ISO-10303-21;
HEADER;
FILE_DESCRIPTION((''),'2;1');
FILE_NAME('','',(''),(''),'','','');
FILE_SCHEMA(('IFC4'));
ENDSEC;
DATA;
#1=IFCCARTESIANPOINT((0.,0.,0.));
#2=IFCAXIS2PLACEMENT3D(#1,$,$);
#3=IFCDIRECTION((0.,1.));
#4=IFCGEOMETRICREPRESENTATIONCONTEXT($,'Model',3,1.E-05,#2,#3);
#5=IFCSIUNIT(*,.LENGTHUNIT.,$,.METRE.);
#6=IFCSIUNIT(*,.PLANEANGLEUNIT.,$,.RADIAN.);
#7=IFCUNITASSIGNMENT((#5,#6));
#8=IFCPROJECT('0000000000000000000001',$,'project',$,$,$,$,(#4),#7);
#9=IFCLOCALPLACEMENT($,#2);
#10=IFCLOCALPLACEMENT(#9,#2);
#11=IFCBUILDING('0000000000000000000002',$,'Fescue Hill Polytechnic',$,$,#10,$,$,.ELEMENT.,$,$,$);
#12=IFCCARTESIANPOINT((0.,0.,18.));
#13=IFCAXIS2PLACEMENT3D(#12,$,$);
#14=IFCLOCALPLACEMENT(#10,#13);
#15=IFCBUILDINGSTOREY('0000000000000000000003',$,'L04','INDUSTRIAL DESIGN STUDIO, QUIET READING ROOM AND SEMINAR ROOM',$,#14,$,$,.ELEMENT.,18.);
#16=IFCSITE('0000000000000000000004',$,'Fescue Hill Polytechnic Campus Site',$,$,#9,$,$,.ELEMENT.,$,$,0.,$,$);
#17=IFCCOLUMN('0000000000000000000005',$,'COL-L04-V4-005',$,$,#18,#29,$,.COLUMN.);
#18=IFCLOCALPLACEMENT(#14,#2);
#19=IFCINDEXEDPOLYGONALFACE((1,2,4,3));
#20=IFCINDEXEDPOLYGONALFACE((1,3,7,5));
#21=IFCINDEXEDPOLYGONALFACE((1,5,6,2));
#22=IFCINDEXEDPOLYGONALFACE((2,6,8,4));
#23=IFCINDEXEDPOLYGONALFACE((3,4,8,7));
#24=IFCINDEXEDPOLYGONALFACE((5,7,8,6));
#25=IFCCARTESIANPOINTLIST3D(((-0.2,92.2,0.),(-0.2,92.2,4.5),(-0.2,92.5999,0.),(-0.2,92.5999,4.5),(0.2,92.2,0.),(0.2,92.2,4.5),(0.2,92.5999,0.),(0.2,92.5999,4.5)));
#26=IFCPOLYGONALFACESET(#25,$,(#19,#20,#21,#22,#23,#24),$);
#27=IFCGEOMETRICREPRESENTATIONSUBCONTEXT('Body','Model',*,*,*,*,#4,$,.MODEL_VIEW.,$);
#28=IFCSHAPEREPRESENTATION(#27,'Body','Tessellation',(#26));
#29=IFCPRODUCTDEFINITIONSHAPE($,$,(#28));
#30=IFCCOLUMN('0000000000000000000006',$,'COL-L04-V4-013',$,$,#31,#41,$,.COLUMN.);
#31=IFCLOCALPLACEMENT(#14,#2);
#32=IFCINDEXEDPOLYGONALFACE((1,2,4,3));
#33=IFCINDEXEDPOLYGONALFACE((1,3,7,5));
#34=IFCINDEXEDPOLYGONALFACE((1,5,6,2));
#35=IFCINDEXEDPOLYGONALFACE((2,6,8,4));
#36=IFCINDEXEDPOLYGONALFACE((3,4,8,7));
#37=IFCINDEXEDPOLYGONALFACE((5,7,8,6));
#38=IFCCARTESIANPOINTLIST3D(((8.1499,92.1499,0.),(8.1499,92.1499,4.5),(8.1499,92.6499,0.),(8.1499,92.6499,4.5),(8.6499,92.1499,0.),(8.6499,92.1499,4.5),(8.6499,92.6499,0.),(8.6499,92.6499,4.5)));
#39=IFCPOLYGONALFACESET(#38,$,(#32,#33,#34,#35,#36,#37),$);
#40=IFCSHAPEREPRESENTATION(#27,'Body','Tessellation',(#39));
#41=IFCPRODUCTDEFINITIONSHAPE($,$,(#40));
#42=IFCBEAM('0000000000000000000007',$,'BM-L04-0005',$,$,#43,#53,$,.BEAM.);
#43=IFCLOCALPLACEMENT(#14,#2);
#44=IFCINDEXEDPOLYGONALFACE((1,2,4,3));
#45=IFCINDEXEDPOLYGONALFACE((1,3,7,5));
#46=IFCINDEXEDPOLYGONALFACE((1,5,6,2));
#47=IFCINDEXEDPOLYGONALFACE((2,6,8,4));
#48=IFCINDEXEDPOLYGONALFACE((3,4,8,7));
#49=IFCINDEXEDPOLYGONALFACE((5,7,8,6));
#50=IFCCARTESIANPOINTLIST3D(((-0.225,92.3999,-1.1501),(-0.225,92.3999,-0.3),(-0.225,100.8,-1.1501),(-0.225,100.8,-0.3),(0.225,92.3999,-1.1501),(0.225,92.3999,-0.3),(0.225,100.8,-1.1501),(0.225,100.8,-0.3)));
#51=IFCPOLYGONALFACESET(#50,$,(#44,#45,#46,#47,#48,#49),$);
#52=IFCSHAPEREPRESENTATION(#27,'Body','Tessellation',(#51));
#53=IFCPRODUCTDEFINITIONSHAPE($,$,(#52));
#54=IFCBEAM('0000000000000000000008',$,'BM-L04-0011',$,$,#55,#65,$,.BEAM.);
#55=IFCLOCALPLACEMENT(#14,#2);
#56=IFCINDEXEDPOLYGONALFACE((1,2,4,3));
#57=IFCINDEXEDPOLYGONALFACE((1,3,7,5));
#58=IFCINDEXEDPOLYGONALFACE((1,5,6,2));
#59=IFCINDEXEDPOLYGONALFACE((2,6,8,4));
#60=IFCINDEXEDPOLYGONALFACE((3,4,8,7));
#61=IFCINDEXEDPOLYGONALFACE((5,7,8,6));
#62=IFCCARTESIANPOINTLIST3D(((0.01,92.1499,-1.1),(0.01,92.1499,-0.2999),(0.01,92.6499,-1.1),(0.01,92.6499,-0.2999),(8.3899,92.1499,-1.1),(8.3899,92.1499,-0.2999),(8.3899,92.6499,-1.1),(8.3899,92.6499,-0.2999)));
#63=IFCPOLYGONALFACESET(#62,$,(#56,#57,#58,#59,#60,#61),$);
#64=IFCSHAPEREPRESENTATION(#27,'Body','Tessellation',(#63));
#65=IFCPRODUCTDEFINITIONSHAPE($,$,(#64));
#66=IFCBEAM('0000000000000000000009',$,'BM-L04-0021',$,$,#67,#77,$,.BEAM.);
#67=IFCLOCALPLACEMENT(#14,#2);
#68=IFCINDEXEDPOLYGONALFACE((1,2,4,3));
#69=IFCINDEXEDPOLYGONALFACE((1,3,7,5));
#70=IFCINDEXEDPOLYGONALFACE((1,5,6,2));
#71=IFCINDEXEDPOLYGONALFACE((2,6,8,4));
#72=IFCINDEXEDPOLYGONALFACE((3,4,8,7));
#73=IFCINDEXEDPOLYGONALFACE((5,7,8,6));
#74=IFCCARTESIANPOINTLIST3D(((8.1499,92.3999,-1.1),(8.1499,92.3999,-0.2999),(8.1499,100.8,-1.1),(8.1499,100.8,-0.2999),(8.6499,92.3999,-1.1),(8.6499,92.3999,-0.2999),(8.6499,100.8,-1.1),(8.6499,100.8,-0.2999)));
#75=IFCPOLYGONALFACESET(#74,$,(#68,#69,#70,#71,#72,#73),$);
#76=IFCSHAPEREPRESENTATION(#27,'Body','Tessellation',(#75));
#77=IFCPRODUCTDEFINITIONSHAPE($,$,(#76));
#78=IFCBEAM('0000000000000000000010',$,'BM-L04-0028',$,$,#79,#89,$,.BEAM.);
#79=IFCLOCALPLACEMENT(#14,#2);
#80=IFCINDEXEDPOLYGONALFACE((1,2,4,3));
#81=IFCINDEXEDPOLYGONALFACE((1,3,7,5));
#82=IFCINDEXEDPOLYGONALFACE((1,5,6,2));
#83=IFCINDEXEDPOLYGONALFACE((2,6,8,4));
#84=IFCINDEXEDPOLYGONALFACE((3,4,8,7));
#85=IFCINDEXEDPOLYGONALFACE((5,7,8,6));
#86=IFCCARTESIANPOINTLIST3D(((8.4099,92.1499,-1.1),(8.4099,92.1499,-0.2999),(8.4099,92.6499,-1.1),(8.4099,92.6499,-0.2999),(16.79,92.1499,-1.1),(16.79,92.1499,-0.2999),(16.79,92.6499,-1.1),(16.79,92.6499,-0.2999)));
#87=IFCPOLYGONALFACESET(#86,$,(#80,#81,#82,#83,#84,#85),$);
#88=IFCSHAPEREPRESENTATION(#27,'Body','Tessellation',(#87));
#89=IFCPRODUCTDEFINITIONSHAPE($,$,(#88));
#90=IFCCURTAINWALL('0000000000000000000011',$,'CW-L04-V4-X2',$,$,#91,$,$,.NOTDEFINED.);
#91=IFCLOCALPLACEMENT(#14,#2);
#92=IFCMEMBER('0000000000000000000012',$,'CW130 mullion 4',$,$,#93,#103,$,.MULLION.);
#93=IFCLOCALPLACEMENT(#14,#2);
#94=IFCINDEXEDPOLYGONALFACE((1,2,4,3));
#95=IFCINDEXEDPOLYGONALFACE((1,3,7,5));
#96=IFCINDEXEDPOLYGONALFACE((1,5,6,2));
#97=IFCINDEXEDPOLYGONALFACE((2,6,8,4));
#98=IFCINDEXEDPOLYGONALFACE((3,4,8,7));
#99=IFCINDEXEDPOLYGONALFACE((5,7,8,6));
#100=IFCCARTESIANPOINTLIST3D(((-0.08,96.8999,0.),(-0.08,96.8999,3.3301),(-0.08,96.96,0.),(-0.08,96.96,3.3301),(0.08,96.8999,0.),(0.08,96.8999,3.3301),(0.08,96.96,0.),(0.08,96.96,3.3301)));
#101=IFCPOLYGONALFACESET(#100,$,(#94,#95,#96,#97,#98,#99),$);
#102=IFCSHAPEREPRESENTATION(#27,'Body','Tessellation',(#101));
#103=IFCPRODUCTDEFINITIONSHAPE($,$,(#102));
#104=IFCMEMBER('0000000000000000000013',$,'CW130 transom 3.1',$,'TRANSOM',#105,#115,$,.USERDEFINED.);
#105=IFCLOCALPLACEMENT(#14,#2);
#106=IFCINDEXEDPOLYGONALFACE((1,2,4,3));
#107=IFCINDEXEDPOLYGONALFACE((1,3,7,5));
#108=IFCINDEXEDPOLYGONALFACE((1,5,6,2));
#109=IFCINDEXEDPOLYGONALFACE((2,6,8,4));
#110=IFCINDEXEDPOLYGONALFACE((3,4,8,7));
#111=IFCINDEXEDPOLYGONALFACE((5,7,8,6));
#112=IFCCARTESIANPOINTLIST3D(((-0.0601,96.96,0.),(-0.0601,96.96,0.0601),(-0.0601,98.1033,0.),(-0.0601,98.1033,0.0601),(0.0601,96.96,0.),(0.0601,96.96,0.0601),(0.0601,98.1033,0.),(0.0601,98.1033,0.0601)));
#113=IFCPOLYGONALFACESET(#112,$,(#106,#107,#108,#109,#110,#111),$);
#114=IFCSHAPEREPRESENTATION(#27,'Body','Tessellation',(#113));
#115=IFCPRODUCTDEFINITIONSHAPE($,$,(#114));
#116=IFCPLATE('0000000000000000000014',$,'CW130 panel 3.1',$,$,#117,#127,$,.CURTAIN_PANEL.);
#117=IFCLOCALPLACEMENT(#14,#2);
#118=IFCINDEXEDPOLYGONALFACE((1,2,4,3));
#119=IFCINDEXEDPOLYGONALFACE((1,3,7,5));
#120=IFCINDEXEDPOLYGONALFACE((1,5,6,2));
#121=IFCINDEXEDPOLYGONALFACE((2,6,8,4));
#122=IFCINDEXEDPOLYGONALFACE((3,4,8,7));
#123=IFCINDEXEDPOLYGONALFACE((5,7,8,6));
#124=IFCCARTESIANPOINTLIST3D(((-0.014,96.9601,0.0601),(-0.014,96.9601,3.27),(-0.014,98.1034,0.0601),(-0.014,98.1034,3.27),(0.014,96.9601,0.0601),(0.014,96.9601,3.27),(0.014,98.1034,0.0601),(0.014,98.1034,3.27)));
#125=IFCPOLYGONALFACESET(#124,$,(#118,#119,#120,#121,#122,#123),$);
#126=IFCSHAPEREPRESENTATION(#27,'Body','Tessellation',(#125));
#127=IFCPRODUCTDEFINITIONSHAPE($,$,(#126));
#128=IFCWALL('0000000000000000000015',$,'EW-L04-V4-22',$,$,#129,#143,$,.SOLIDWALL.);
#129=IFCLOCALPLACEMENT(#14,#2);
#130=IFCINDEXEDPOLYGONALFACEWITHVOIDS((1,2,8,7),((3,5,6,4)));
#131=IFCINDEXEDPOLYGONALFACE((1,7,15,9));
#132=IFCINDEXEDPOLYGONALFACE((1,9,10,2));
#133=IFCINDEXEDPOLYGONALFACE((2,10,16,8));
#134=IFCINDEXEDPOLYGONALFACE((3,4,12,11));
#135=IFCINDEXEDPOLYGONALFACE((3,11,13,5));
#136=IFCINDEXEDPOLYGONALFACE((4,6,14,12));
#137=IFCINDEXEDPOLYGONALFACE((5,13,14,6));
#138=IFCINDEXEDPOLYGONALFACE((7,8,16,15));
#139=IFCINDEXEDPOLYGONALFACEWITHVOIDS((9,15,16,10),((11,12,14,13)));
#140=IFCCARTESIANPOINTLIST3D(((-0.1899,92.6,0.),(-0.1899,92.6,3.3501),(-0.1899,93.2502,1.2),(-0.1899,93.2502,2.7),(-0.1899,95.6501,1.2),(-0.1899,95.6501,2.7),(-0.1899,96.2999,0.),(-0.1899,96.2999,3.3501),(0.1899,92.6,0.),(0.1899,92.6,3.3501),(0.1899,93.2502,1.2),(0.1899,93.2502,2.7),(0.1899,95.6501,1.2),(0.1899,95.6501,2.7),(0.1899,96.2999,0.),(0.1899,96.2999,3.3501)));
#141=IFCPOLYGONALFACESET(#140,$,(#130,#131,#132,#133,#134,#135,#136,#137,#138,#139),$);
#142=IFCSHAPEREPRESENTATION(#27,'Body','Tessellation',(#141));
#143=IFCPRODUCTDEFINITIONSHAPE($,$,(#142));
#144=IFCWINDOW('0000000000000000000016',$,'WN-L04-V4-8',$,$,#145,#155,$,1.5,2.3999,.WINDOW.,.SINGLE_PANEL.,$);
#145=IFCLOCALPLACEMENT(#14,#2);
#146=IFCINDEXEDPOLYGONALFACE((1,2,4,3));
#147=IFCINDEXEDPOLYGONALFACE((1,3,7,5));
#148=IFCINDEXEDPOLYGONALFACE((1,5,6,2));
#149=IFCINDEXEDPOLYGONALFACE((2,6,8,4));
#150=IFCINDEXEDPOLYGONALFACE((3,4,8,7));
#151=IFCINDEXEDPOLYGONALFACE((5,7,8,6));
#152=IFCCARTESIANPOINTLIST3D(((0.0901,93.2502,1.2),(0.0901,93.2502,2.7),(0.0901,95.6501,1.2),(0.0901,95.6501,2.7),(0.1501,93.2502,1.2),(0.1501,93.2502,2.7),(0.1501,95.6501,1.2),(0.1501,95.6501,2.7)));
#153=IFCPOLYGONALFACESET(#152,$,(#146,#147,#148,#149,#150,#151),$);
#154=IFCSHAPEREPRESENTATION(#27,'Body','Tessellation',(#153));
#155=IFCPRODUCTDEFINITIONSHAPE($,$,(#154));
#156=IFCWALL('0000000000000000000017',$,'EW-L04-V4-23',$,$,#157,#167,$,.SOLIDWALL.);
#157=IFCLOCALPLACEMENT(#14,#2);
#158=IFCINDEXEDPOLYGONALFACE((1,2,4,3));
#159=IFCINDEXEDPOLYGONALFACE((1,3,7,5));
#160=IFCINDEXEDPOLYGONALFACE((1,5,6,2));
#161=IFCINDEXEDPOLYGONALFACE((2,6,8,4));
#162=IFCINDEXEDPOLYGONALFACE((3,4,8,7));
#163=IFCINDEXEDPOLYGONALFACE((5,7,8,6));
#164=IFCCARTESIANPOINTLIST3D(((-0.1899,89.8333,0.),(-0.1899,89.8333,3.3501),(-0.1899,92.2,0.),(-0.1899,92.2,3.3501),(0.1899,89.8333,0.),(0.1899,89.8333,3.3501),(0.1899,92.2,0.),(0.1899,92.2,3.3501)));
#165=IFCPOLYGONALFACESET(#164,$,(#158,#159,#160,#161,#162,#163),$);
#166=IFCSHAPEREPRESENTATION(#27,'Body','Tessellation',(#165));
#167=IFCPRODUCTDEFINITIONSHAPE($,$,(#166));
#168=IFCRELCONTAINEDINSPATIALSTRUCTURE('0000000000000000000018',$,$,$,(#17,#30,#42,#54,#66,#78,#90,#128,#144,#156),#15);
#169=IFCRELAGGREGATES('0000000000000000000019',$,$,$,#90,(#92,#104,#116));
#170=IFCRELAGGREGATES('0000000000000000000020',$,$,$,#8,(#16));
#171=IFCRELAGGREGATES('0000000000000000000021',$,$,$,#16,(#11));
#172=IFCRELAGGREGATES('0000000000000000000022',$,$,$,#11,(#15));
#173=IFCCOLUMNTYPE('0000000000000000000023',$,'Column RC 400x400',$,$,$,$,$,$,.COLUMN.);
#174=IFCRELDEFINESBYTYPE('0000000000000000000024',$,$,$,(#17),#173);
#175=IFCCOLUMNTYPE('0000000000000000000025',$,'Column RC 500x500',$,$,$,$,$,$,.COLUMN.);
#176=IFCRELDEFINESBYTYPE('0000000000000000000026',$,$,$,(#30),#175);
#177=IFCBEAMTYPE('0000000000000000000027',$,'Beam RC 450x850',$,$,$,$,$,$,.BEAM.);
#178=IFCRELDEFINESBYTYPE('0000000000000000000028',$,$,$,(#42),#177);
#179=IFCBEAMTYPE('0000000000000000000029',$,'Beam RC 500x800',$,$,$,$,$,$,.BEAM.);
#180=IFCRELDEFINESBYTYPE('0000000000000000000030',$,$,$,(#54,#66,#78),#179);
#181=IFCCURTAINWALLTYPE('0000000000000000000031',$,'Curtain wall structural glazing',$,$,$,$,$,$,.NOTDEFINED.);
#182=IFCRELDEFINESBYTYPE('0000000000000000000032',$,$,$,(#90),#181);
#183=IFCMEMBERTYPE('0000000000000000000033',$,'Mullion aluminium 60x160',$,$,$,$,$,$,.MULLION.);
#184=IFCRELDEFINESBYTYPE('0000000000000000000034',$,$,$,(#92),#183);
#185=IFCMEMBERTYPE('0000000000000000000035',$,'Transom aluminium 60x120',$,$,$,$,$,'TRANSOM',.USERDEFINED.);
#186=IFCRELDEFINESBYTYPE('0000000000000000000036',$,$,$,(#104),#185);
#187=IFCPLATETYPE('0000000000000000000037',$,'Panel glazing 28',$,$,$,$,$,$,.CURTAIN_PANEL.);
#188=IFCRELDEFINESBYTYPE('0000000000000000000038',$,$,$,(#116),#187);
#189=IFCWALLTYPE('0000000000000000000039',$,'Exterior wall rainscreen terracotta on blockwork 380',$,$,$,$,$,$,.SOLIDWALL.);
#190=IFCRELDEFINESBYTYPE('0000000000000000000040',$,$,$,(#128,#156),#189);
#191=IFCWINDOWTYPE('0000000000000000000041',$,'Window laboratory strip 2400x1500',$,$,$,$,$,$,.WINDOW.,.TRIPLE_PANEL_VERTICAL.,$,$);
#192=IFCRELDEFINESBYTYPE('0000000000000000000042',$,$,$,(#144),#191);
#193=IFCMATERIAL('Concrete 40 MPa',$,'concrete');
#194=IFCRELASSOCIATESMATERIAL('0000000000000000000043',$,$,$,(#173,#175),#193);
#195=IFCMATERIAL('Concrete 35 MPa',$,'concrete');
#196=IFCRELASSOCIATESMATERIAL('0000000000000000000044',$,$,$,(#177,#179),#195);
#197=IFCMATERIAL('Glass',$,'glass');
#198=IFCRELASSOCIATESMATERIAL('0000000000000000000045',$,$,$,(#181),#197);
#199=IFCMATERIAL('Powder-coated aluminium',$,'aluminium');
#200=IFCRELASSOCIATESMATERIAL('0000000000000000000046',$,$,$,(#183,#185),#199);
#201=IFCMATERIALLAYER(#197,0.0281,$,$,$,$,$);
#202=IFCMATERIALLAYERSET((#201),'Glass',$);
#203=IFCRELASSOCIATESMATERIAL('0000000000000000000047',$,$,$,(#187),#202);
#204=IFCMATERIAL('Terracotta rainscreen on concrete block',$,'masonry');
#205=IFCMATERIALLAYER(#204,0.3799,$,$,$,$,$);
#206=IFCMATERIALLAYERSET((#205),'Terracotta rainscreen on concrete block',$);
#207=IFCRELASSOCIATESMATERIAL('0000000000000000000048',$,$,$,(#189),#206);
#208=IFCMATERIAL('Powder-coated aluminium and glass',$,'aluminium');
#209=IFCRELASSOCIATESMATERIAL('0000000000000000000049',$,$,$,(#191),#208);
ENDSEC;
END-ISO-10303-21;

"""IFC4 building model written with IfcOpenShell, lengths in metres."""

from ifc_helpers import new_model, si_unit, direction, frame, frame_2d, origin, origin_2d, place, context, subcontext, project, spatial, rectangle, extrude, material, layer, layer_set, material_profile, profile_set, type_object, element, fill, aggregate, save


model = new_model("IFC4")

# Units and contexts
model_context = context("Model", 3, precision=1e-05, world=origin(), true_north=direction((0.0, 1.0)))
body_context = subcontext(model_context, "Body", "Model", "MODEL_VIEW")
ifc_project = project(units=[si_unit("LENGTHUNIT", "METRE"), si_unit("PLANEANGLEUNIT", "RADIAN")], contexts=[model_context])

# Site, building, storey
site_placement = place(None, origin())
site = spatial("IfcSite", under=ifc_project, at=site_placement, Name="Fescue Hill Polytechnic Campus Site", CompositionType="ELEMENT", RefElevation=0.0)
building_placement = place(site_placement, origin())
building = spatial("IfcBuilding", under=site, at=building_placement, Name="Fescue Hill Polytechnic", CompositionType="ELEMENT")
storey_placement = place(building_placement, frame((0.0, 0.0, 18.0)))
storey = spatial("IfcBuildingStorey", under=building, at=storey_placement, Name="L04", Description="INDUSTRIAL DESIGN STUDIO, QUIET READING ROOM AND SEMINAR ROOM", CompositionType="ELEMENT", Elevation=18.0)

# Columns
ifc_material_1 = material(Name="Concrete 40 MPa", Category="concrete")
ifc_material_profile_1 = material_profile(ifc_material_1, rectangle(XDim=0.3999, YDim=0.3999, at=origin_2d()), Name="RC 400x400")
ifc_profile_set_1 = profile_set([ifc_material_profile_1], Name="Concrete 40 MPa")
column_type_1 = type_object("IfcColumnType", Name="Column RC 400x400", PredefinedType="COLUMN", material=ifc_profile_set_1)
column_1_placement = place(storey_placement, frame((0.0, 92.3999, 0.0), z_axis=(0.0, 0.0, 1.0), x_axis=(1.0, 0.0, 0.0)))
element("IfcColumn", 1, at=column_1_placement, inside=storey, type_object=column_type_1, Name="COL-L04-V4-005", PredefinedType="COLUMN", context=body_context, shape_type="SweptSolid", body=[
    extrude(rectangle(XDim=0.3999, YDim=0.3999, at=origin_2d()), origin(), (0.0, 0.0, 1.0), 4.5),
])
ifc_material_profile_2 = material_profile(ifc_material_1, rectangle(XDim=0.5, YDim=0.5, at=origin_2d()), Name="RC 500x500")
ifc_profile_set_2 = profile_set([ifc_material_profile_2], Name="Concrete 40 MPa")
column_type_2 = type_object("IfcColumnType", Name="Column RC 500x500", PredefinedType="COLUMN", material=ifc_profile_set_2)
column_2_placement = place(storey_placement, frame((8.3999, 92.3999, 0.0), z_axis=(0.0, 0.0, 1.0), x_axis=(1.0, 0.0, 0.0)))
element("IfcColumn", 2, at=column_2_placement, inside=storey, type_object=column_type_2, Name="COL-L04-V4-013", PredefinedType="COLUMN", context=body_context, shape_type="SweptSolid", body=[
    extrude(rectangle(XDim=0.5, YDim=0.5, at=origin_2d()), origin(), (0.0, 0.0, 1.0), 4.5),
])

# Beams
ifc_material_2 = material(Name="Concrete 35 MPa", Category="concrete")
ifc_material_profile_3 = material_profile(ifc_material_2, rectangle(XDim=0.45, YDim=0.8501, at=origin_2d()), Name="RC 450x850")
ifc_profile_set_3 = profile_set([ifc_material_profile_3], Name="Concrete 35 MPa")
beam_type_1 = type_object("IfcBeamType", Name="Beam RC 450x850", PredefinedType="BEAM", material=ifc_profile_set_3)
beam_1_placement = place(storey_placement, frame((0.0, 92.3999, -0.7251), z_axis=(0.0, 1.0, 0.0), x_axis=(-1.0, 0.0, 0.0)))
element("IfcBeam", 3, at=beam_1_placement, inside=storey, type_object=beam_type_1, Name="BM-L04-0005", PredefinedType="BEAM", context=body_context, shape_type="SweptSolid", body=[
    extrude(rectangle(XDim=0.45, YDim=0.8501, at=origin_2d()), origin(), (0.0, 0.0, 1.0), 8.4001),
])
ifc_material_profile_4 = material_profile(ifc_material_2, rectangle(XDim=0.5, YDim=0.8, at=origin_2d()), Name="RC 500x800")
ifc_profile_set_4 = profile_set([ifc_material_profile_4], Name="Concrete 35 MPa")
beam_type_2 = type_object("IfcBeamType", Name="Beam RC 500x800", PredefinedType="BEAM", material=ifc_profile_set_4)
beam_2_placement = place(storey_placement, frame((0.01, 92.3999, -0.7), z_axis=(1.0, 0.0, 0.0), x_axis=(0.0, 1.0, 0.0)))
element("IfcBeam", 4, at=beam_2_placement, inside=storey, type_object=beam_type_2, Name="BM-L04-0011", PredefinedType="BEAM", context=body_context, shape_type="SweptSolid", body=[
    extrude(rectangle(XDim=0.5, YDim=0.8, at=origin_2d()), origin(), (0.0, 0.0, 1.0), 8.3799),
])
beam_3_placement = place(storey_placement, frame((8.3999, 92.3999, -0.7), z_axis=(0.0, 1.0, 0.0), x_axis=(-1.0, 0.0, 0.0)))
element("IfcBeam", 5, at=beam_3_placement, inside=storey, type_object=beam_type_2, Name="BM-L04-0021", PredefinedType="BEAM", context=body_context, shape_type="SweptSolid", body=[
    extrude(rectangle(XDim=0.5, YDim=0.8, at=origin_2d()), origin(), (0.0, 0.0, 1.0), 8.4001),
])
beam_4_placement = place(storey_placement, frame((8.4099, 92.3999, -0.7), z_axis=(1.0, 0.0, 0.0), x_axis=(0.0, 1.0, 0.0)))
element("IfcBeam", 6, at=beam_4_placement, inside=storey, type_object=beam_type_2, Name="BM-L04-0028", PredefinedType="BEAM", context=body_context, shape_type="SweptSolid", body=[
    extrude(rectangle(XDim=0.5, YDim=0.8, at=origin_2d()), origin(), (0.0, 0.0, 1.0), 8.3801),
])

# Curtain wall, members, plate
ifc_material_3 = material(Name="Glass", Category="glass")
curtain_wall_type = type_object("IfcCurtainWallType", Name="Curtain wall structural glazing", PredefinedType="NOTDEFINED", material=ifc_material_3)
curtain_wall_placement = place(storey_placement, origin())
curtain_wall = element("IfcCurtainWall", 7, at=curtain_wall_placement, inside=storey, type_object=curtain_wall_type, Name="CW-L04-V4-X2", PredefinedType="NOTDEFINED")
ifc_material_4 = material(Name="Powder-coated aluminium", Category="aluminium")
ifc_material_profile_5 = material_profile(ifc_material_4, rectangle(XDim=0.1599, YDim=0.0601, at=origin_2d()), Name="Mullion aluminium 60x160")
ifc_profile_set_5 = profile_set([ifc_material_profile_5], Name="Powder-coated aluminium")
member_type_1 = type_object("IfcMemberType", Name="Mullion aluminium 60x160", PredefinedType="MULLION", material=ifc_profile_set_5)
member_1_placement = place(storey_placement, frame((0.0, 96.9299, 0.0), z_axis=(0.0, 0.0, 1.0), x_axis=(1.0, 0.0, 0.0)))
member_1 = element("IfcMember", 8, at=member_1_placement, type_object=member_type_1, Name="CW130 mullion 4", PredefinedType="MULLION", context=body_context, shape_type="SweptSolid", body=[
    extrude(rectangle(XDim=0.1599, YDim=0.0601, at=origin_2d()), origin(), (0.0, 0.0, 1.0), 3.3301),
])
ifc_material_profile_6 = material_profile(ifc_material_4, rectangle(XDim=0.1201, YDim=0.0601, at=origin_2d()), Name="Transom aluminium 60x120")
ifc_profile_set_6 = profile_set([ifc_material_profile_6], Name="Powder-coated aluminium")
member_type_2 = type_object("IfcMemberType", Name="Transom aluminium 60x120", ElementType="TRANSOM", PredefinedType="USERDEFINED", material=ifc_profile_set_6)
member_2_placement = place(storey_placement, frame((0.0, 98.1033, 0.03), z_axis=(0.0, -1.0, 0.0), x_axis=(1.0, 0.0, 0.0)))
member_2 = element("IfcMember", 9, at=member_2_placement, type_object=member_type_2, Name="CW130 transom 3.1", ObjectType="TRANSOM", PredefinedType="USERDEFINED", context=body_context, shape_type="SweptSolid", body=[
    extrude(rectangle(XDim=0.1201, YDim=0.0601, at=origin_2d()), origin(), (0.0, 0.0, 1.0), 1.1433),
])
ifc_layer_1 = layer(ifc_material_3, 0.0281)
ifc_layer_set_1 = layer_set([ifc_layer_1], Name="Glass")
plate_type = type_object("IfcPlateType", Name="Panel glazing 28", PredefinedType="CURTAIN_PANEL", material=ifc_layer_set_1)
plate_placement = place(storey_placement, frame((0.0, 97.5317, 0.0601), z_axis=(0.0, 0.0, 1.0), x_axis=(0.0, -1.0, 0.0)))
plate = element("IfcPlate", 10, at=plate_placement, type_object=plate_type, Name="CW130 panel 3.1", PredefinedType="CURTAIN_PANEL", context=body_context, shape_type="SweptSolid", body=[
    extrude(rectangle(XDim=1.1433, YDim=0.0281, at=origin_2d()), origin(), (0.0, 0.0, 1.0), 3.21),
])
aggregate(curtain_wall, [member_1, member_2, plate])

# Wall, opening, window
ifc_material_5 = material(Name="Terracotta rainscreen on concrete block", Category="masonry")
ifc_layer_2 = layer(ifc_material_5, 0.3799)
ifc_layer_set_2 = layer_set([ifc_layer_2], Name="Terracotta rainscreen on concrete block")
wall_type_1 = type_object("IfcWallType", Name="Exterior wall rainscreen terracotta on blockwork 380", PredefinedType="SOLIDWALL", material=ifc_layer_set_2)
wall_1_placement = place(storey_placement, frame((0.0, 96.3, 0.0), z_axis=(0.0, 0.0, 1.0), x_axis=(0.0, -1.0, 0.0)))
wall_1 = element("IfcWall", 11, at=wall_1_placement, inside=storey, type_object=wall_type_1, Name="EW-L04-V4-22", PredefinedType="SOLIDWALL", context=body_context, shape_type="SweptSolid", body=[
    extrude(rectangle(XDim=3.7, YDim=0.3799, at=frame_2d((1.8501, 0.0))), origin(), (0.0, 0.0, 1.0), 3.3501),
])
opening_1_placement = place(wall_1_placement, frame((0.6499, 0.0, 1.2)))
opening_1 = element("IfcOpeningElement", 12, at=opening_1_placement, cuts=wall_1, PredefinedType="OPENING", context=body_context, shape_type="SweptSolid", body=[
    extrude(rectangle(XDim=2.3999, YDim=1.5, at=frame_2d((1.2, 0.75))), frame((0.0, 0.2, 0.0), z_axis=(0.0, -1.0, 0.0), x_axis=(1.0, 0.0, 0.0)), (0.0, 0.0, 1.0), 0.3999),
])
ifc_material_6 = material(Name="Powder-coated aluminium and glass", Category="aluminium")
window_type = type_object("IfcWindowType", Name="Window laboratory strip 2400x1500", PartitioningType="TRIPLE_PANEL_VERTICAL", PredefinedType="WINDOW", material=ifc_material_6)
window_placement = place(opening_1_placement, origin())
window = element("IfcWindow", 13, at=window_placement, inside=storey, type_object=window_type, Name="WN-L04-V4-8", OverallHeight=1.5, OverallWidth=2.3999, PartitioningType="SINGLE_PANEL", PredefinedType="WINDOW", context=body_context, shape_type="SweptSolid", body=[
    extrude(rectangle(XDim=2.3999, YDim=1.5, at=frame_2d((1.2, 0.75))), frame((0.0, 0.1501, 0.0), z_axis=(0.0, -1.0, 0.0), x_axis=(1.0, 0.0, 0.0)), (0.0, 0.0, 1.0), 0.0601),
])
fill(opening_1, window)

# Wall
wall_2_placement = place(storey_placement, frame((0.0, 92.2, 0.0), z_axis=(0.0, 0.0, 1.0), x_axis=(0.0, -1.0, 0.0)))
element("IfcWall", 14, at=wall_2_placement, inside=storey, type_object=wall_type_1, Name="EW-L04-V4-23", PredefinedType="SOLIDWALL", context=body_context, shape_type="SweptSolid", body=[
    extrude(rectangle(XDim=2.3667, YDim=0.3799, at=frame_2d((1.1833, 0.0))), origin(), (0.0, 0.0, 1.0), 3.3501),
])

save(model, "model.ifc")
